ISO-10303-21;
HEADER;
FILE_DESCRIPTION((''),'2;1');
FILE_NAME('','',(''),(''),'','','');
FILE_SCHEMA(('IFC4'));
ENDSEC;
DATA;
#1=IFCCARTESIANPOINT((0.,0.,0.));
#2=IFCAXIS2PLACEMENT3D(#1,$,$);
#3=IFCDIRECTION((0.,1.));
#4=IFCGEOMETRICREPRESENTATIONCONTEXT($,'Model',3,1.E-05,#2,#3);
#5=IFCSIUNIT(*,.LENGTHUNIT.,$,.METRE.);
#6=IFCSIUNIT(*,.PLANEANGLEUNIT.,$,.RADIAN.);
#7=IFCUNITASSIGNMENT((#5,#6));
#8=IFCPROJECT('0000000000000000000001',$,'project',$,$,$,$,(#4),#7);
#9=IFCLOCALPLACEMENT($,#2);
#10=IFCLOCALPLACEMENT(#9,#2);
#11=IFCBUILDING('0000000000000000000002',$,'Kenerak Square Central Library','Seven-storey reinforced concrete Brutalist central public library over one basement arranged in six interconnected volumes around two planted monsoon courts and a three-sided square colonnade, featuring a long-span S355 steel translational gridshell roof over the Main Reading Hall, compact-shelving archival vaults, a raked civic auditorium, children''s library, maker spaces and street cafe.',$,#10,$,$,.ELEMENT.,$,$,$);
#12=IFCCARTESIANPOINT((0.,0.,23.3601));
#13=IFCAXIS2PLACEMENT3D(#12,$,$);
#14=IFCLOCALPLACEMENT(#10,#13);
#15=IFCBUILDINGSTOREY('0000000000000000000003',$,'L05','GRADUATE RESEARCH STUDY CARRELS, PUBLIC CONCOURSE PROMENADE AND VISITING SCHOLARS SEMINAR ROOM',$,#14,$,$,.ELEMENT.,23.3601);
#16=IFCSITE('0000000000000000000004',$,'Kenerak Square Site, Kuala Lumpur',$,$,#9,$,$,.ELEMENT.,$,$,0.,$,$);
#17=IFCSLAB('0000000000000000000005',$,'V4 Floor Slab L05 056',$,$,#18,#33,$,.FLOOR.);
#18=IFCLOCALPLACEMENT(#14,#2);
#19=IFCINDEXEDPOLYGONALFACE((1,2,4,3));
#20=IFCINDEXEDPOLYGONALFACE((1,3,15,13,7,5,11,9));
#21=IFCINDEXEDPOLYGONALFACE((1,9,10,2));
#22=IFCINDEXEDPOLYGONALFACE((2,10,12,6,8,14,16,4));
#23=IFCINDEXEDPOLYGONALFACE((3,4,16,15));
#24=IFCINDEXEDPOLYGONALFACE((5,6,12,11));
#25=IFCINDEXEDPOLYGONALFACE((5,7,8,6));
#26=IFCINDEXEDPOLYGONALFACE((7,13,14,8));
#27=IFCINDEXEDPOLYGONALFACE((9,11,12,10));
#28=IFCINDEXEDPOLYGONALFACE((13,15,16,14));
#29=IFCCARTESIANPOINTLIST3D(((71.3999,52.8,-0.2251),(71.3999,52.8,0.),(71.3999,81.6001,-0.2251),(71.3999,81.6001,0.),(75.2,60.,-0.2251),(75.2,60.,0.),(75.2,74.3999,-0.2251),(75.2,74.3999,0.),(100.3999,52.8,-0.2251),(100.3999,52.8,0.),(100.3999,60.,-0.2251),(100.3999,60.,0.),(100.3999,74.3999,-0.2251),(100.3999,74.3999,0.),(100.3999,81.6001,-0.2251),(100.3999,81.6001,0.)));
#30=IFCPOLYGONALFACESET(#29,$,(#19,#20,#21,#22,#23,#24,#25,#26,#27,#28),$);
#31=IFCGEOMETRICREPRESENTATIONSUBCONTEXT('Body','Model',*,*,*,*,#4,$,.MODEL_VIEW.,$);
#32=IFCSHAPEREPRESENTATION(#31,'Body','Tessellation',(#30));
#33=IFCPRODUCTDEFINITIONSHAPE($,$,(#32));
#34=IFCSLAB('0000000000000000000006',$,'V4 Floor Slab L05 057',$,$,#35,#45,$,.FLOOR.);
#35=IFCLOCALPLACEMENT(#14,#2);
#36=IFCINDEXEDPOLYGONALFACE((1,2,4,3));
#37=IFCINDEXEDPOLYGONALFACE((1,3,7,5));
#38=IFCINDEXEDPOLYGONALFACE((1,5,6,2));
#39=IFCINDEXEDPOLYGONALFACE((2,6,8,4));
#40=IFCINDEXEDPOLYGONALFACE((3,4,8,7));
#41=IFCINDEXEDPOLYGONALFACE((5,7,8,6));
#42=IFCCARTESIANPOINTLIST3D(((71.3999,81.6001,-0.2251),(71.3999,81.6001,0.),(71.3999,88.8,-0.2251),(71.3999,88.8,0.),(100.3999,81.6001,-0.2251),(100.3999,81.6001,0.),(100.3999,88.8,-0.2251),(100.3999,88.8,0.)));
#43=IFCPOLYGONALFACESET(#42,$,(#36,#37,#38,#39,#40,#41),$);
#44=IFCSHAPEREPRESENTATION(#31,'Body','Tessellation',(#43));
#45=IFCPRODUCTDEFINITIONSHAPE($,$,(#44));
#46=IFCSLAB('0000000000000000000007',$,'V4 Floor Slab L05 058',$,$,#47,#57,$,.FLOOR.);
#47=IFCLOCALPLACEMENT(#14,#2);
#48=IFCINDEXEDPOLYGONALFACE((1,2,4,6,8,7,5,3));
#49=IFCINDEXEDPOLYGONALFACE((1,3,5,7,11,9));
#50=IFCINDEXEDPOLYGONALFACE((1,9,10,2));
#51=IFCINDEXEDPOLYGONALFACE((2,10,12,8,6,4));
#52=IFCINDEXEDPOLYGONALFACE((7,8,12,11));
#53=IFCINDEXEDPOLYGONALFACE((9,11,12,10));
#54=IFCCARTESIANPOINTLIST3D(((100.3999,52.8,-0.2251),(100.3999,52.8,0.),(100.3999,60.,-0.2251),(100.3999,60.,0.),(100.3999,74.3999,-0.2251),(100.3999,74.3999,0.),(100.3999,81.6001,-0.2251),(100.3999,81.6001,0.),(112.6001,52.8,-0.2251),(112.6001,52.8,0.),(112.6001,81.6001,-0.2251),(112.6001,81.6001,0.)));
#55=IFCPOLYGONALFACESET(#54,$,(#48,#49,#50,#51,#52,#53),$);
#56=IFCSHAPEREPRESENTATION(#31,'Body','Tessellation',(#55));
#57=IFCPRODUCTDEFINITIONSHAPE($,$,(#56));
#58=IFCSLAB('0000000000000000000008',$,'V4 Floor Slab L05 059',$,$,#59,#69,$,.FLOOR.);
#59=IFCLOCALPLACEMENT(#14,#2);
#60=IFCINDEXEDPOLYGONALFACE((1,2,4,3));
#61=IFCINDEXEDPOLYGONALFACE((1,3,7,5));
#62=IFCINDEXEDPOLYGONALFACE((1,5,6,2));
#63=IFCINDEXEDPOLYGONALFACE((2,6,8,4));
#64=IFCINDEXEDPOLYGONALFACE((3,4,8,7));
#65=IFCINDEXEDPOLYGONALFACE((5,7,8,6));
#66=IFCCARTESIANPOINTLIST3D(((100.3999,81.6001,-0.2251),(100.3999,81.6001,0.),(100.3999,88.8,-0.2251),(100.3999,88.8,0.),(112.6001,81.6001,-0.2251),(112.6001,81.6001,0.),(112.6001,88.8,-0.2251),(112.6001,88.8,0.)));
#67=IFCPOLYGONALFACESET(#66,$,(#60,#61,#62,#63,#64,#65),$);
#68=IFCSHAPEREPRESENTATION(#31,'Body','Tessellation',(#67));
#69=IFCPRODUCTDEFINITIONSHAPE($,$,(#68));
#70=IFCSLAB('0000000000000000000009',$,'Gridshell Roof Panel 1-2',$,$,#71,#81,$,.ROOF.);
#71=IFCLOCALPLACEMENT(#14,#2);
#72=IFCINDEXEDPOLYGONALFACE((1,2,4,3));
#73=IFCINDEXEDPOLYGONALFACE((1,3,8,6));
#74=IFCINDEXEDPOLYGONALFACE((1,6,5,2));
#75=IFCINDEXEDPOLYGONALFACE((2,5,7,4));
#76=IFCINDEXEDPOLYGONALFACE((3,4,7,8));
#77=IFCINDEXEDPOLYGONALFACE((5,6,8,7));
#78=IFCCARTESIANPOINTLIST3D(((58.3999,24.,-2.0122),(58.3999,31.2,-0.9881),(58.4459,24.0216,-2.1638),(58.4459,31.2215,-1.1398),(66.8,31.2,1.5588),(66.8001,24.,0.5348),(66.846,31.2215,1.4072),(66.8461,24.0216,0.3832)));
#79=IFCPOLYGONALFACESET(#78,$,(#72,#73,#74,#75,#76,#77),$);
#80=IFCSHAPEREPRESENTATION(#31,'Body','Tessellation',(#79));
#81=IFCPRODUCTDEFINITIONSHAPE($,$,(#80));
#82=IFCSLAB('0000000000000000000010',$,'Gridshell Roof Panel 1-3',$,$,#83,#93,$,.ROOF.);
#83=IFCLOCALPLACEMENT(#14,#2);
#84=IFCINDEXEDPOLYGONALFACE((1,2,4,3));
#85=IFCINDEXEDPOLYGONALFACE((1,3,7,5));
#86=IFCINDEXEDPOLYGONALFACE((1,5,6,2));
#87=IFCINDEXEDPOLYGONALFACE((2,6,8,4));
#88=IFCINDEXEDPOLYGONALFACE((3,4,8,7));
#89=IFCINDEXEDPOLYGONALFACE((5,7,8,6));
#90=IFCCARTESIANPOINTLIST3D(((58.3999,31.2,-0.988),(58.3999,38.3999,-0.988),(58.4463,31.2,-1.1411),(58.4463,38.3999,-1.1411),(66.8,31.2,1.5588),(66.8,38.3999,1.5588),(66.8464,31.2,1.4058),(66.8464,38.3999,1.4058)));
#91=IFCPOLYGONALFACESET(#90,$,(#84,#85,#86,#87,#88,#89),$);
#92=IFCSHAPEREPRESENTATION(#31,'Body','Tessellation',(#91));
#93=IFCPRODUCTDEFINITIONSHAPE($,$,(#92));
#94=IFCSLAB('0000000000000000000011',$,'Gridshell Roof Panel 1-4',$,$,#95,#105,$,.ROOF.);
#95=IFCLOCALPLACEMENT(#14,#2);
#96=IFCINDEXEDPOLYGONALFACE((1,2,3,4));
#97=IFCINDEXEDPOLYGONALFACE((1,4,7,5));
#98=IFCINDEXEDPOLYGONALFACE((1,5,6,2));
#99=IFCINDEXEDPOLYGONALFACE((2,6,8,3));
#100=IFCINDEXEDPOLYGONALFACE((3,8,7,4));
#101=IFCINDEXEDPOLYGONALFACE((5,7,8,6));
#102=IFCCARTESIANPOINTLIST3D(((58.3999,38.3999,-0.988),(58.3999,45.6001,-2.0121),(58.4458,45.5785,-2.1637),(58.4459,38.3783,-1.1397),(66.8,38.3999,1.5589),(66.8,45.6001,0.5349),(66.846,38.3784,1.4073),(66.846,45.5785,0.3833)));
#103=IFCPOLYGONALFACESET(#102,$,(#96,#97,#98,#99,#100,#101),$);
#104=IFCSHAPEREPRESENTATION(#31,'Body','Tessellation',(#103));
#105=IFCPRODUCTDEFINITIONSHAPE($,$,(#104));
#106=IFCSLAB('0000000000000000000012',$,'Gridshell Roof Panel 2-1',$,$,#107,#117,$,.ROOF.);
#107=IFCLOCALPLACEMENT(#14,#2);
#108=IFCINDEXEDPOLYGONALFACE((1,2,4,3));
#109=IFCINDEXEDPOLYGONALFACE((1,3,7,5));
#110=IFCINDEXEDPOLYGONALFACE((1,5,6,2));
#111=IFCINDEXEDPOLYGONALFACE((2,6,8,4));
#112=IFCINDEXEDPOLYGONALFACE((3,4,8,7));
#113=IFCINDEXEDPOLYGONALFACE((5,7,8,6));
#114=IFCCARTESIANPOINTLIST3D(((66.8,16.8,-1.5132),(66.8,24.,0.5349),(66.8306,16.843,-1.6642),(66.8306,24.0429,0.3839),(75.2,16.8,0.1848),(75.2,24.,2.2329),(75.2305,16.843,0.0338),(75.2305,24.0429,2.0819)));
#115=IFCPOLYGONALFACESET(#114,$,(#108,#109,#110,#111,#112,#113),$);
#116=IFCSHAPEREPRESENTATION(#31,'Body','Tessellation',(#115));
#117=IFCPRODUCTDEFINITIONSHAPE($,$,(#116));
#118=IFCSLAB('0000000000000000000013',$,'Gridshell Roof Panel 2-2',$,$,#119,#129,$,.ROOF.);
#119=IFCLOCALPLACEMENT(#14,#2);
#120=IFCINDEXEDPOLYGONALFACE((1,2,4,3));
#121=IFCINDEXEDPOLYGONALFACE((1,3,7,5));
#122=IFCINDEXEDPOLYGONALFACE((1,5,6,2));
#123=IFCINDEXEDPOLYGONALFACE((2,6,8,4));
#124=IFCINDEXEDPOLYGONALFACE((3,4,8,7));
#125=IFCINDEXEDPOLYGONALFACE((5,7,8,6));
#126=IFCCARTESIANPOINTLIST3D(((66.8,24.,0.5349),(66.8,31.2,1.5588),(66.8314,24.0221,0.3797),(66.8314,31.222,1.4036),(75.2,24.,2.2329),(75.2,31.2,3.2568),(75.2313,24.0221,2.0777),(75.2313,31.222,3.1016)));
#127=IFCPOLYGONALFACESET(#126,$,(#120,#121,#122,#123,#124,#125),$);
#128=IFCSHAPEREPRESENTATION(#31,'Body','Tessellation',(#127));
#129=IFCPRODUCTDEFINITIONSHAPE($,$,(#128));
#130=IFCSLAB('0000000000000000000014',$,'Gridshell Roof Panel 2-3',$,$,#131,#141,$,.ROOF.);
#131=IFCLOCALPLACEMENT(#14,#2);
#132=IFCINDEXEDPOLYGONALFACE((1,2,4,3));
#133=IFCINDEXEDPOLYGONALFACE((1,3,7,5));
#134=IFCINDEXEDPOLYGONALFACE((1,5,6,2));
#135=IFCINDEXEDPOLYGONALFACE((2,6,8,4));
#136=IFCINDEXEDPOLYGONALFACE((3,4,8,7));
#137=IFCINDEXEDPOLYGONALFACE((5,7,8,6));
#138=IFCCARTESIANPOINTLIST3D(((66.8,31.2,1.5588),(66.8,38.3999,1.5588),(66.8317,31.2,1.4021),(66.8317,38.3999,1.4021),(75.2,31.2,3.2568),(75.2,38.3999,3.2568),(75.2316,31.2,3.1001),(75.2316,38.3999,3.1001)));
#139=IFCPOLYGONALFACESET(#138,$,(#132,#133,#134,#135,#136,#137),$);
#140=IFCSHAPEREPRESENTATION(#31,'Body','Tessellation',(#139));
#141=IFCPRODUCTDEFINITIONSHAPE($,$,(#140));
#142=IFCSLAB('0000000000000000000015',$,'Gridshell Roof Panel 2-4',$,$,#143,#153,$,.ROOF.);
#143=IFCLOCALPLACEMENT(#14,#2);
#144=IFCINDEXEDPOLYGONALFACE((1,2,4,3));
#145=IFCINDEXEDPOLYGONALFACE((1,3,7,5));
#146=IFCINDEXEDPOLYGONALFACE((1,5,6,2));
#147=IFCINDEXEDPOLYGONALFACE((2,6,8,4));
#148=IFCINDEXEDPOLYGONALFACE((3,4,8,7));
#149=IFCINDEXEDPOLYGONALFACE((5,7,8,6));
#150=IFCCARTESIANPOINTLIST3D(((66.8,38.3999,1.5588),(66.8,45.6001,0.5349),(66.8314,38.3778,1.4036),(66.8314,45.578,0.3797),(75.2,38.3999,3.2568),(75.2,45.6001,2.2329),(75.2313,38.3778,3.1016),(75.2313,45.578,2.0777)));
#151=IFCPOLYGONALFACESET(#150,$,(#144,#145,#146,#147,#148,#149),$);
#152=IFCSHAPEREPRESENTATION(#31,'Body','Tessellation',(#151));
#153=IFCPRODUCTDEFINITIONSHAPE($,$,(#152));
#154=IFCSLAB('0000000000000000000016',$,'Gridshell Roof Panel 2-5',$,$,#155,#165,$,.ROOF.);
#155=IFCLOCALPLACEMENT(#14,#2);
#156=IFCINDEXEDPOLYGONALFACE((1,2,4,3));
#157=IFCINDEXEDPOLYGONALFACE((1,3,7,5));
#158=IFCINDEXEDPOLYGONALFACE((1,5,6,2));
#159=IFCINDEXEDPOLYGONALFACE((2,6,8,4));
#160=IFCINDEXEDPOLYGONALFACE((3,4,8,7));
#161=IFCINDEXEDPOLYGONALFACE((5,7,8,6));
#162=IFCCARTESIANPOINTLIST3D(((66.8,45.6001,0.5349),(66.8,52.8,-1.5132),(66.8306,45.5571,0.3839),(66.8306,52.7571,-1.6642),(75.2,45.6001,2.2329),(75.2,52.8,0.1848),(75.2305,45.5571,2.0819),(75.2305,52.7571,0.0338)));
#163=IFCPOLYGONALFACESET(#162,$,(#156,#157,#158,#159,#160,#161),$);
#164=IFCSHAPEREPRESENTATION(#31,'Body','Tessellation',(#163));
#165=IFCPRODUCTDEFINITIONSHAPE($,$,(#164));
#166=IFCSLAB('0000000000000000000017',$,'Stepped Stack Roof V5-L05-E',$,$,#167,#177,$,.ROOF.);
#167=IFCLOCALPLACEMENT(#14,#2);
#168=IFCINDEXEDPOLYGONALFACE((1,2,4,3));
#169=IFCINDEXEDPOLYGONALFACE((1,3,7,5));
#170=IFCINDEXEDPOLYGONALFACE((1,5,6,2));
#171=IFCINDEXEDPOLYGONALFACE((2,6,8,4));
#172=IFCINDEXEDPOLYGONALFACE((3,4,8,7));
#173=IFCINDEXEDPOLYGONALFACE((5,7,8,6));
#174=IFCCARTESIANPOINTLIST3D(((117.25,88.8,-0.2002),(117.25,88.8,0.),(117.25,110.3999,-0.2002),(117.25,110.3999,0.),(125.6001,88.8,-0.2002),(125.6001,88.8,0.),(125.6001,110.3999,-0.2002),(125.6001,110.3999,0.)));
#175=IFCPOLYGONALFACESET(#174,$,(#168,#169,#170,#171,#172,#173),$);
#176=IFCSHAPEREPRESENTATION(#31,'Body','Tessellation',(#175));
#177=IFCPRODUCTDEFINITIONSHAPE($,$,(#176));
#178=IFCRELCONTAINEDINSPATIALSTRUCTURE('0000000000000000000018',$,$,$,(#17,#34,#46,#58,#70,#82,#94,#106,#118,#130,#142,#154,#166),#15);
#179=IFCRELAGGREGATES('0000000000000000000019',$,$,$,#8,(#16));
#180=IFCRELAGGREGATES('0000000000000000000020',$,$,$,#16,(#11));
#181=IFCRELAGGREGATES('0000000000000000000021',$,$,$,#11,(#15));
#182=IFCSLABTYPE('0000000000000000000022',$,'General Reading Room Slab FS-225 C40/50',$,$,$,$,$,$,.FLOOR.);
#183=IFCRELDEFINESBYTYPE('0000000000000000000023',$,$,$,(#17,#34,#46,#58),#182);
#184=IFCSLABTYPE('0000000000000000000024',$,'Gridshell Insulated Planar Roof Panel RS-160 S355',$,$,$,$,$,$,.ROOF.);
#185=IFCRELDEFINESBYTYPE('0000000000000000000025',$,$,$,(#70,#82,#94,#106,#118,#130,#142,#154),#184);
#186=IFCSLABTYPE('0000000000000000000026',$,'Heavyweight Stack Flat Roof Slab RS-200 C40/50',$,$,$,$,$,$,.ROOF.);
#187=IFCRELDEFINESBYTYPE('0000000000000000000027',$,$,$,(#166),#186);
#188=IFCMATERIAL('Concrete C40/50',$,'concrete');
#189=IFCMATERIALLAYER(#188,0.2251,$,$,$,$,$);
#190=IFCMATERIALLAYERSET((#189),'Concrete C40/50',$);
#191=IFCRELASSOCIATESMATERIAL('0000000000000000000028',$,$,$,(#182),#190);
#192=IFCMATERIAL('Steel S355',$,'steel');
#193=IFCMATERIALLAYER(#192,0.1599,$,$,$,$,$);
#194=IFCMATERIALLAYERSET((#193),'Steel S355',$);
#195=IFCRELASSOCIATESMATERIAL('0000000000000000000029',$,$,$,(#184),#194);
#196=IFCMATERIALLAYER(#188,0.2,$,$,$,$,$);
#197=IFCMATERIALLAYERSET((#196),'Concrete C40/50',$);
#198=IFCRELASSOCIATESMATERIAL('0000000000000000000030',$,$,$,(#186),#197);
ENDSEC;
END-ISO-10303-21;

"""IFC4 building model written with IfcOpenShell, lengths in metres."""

from ifc_helpers import new_model, si_unit, direction, frame, origin, place, context, subcontext, project, spatial, polyline, outline, extrude, material, layer, layer_set, type_object, element, save


model = new_model("IFC4")

# Units and contexts
model_context = context("Model", 3, precision=1e-05, world=origin(), true_north=direction((0.0, 1.0)))
body_context = subcontext(model_context, "Body", "Model", "MODEL_VIEW")
ifc_project = project(units=[si_unit("LENGTHUNIT", "METRE"), si_unit("PLANEANGLEUNIT", "RADIAN")], contexts=[model_context])

# Site, building, storey
site_placement = place(None, origin())
site = spatial("IfcSite", under=ifc_project, at=site_placement, Name="Kenerak Square Site, Kuala Lumpur", CompositionType="ELEMENT", RefElevation=0.0)
building_placement = place(site_placement, origin())
building = spatial("IfcBuilding", under=site, at=building_placement, Name="Kenerak Square Central Library", Description="Seven-storey reinforced concrete Brutalist central public library over one basement arranged in six interconnected volumes around two planted monsoon courts and a three-sided square colonnade, featuring a long-span S355 steel translational gridshell roof over the Main Reading Hall, compact-shelving archival vaults, a raked civic auditorium, children's library, maker spaces and street cafe.", CompositionType="ELEMENT")
storey_placement = place(building_placement, frame((0.0, 0.0, 23.3601)))
storey = spatial("IfcBuildingStorey", under=building, at=storey_placement, Name="L05", Description="GRADUATE RESEARCH STUDY CARRELS, PUBLIC CONCOURSE PROMENADE AND VISITING SCHOLARS SEMINAR ROOM", CompositionType="ELEMENT", Elevation=23.3601)

# Slabs
ifc_material_1 = material(Name="Concrete C40/50", Category="concrete")
ifc_layer_1 = layer(ifc_material_1, 0.2251)
ifc_layer_set_1 = layer_set([ifc_layer_1], Name="Concrete C40/50")
slab_type_1 = type_object("IfcSlabType", Name="General Reading Room Slab FS-225 C40/50", PredefinedType="FLOOR", material=ifc_layer_set_1)
slab_1_placement = place(storey_placement, frame((0.0, 0.0, -0.2251)))
element("IfcSlab", 1, at=slab_1_placement, inside=storey, type_object=slab_type_1, Name="V4 Floor Slab L05 056", PredefinedType="FLOOR", context=body_context, shape_type="SweptSolid", body=[
    extrude(outline(polyline([(100.3999, 52.8), (71.3999, 52.8), (71.3999, 81.6001), (100.3999, 81.6001), (100.3999, 74.3999), (75.2, 74.3999), (75.2, 60.0), (100.3999, 60.0), (100.3999, 52.8)])), origin(), (0.0, 0.0, 1.0), 0.2251),
])
slab_2_placement = place(storey_placement, frame((0.0, 0.0, -0.2251)))
element("IfcSlab", 2, at=slab_2_placement, inside=storey, type_object=slab_type_1, Name="V4 Floor Slab L05 057", PredefinedType="FLOOR", context=body_context, shape_type="SweptSolid", body=[
    extrude(outline(polyline([(71.3999, 81.6001), (71.3999, 88.8), (100.3999, 88.8), (100.3999, 81.6001), (71.3999, 81.6001)])), origin(), (0.0, 0.0, 1.0), 0.2251),
])
slab_3_placement = place(storey_placement, frame((0.0, 0.0, -0.2251)))
element("IfcSlab", 3, at=slab_3_placement, inside=storey, type_object=slab_type_1, Name="V4 Floor Slab L05 058", PredefinedType="FLOOR", context=body_context, shape_type="SweptSolid", body=[
    extrude(outline(polyline([(100.3999, 81.6001), (112.6001, 81.6001), (112.6001, 52.8), (100.3999, 52.8), (100.3999, 60.0), (100.3999, 74.3999), (100.3999, 81.6001)])), origin(), (0.0, 0.0, 1.0), 0.2251),
])
slab_4_placement = place(storey_placement, frame((0.0, 0.0, -0.2251)))
element("IfcSlab", 4, at=slab_4_placement, inside=storey, type_object=slab_type_1, Name="V4 Floor Slab L05 059", PredefinedType="FLOOR", context=body_context, shape_type="SweptSolid", body=[
    extrude(outline(polyline([(100.3999, 81.6001), (100.3999, 88.8), (112.6001, 88.8), (112.6001, 81.6001), (100.3999, 81.6001)])), origin(), (0.0, 0.0, 1.0), 0.2251),
])
ifc_material_2 = material(Name="Steel S355", Category="steel")
ifc_layer_2 = layer(ifc_material_2, 0.1599)
ifc_layer_set_2 = layer_set([ifc_layer_2], Name="Steel S355")
slab_type_2 = type_object("IfcSlabType", Name="Gridshell Insulated Planar Roof Panel RS-160 S355", PredefinedType="ROOF", material=ifc_layer_set_2)
slab_5_placement = place(storey_placement, frame((58.3999, 24.0, -2.0122), z_axis=(-0.287513, -0.134867, 0.948234), x_axis=(0.956977, 0.000002, 0.290164)))
element("IfcSlab", 5, at=slab_5_placement, inside=storey, type_object=slab_type_2, Name="Gridshell Roof Panel 1-2", PredefinedType="ROOF", context=body_context, shape_type="SweptSolid", body=[
    extrude(outline(polyline([(0.0, 0.0), (8.7778, 0.0), (9.0749, 7.2663), (0.2972, 7.2664), (0.0, 0.0)])), origin(), (0.0, 0.0, -1.0), 0.1599),
])
slab_6_placement = place(storey_placement, frame((58.3999, 31.2, -0.988), z_axis=(-0.290151, 0.0, 0.956981), x_axis=(0.956981, 0.0, 0.290151)))
element("IfcSlab", 6, at=slab_6_placement, inside=storey, type_object=slab_type_2, Name="Gridshell Roof Panel 1-3", PredefinedType="ROOF", context=body_context, shape_type="SweptSolid", body=[
    extrude(outline(polyline([(0.0, 0.0), (8.7778, 0.0), (8.7778, 7.2), (0.0, 7.2), (0.0, 0.0)])), origin(), (0.0, 0.0, -1.0), 0.1599),
])
slab_7_placement = place(storey_placement, frame((58.3999, 38.3999, -0.988), z_axis=(-0.287513, 0.134863, 0.948234), x_axis=(0.956977, 0.000002, 0.290163)))
element("IfcSlab", 7, at=slab_7_placement, inside=storey, type_object=slab_type_2, Name="Gridshell Roof Panel 1-4", PredefinedType="ROOF", context=body_context, shape_type="SweptSolid", body=[
    extrude(outline(polyline([(0.0, 0.0), (8.7778, 0.0), (8.4807, 7.2666), (-0.2972, 7.2666), (0.0, 0.0)])), origin(), (0.0, 0.0, -1.0), 0.1599),
])
slab_8_placement = place(storey_placement, frame((66.8, 16.8, -1.5132), z_axis=(-0.190857, -0.268576, 0.944161), x_axis=(0.980174, 0.0, 0.198137)))
element("IfcSlab", 8, at=slab_8_placement, inside=storey, type_object=slab_type_2, Name="Gridshell Roof Panel 2-1", PredefinedType="ROOF", context=body_context, shape_type="SweptSolid", body=[
    extrude(outline(polyline([(0.0, 0.0), (8.5698, 0.0), (8.9756, 7.4746), (0.4058, 7.4746), (0.0, 0.0)])), origin(), (0.0, 0.0, -1.0), 0.1599),
])
slab_9_placement = place(storey_placement, frame((66.8, 24.0, 0.5349), z_axis=(-0.19624, -0.138059, 0.970788), x_axis=(0.980174, 0.0, 0.198137)))
element("IfcSlab", 9, at=slab_9_placement, inside=storey, type_object=slab_type_2, Name="Gridshell Roof Panel 2-2", PredefinedType="ROOF", context=body_context, shape_type="SweptSolid", body=[
    extrude(outline(polyline([(0.0, 0.0), (8.5698, 0.0), (8.7727, 7.2696), (0.2029, 7.2696), (0.0, 0.0)])), origin(), (0.0, 0.0, -1.0), 0.1599),
])
slab_10_placement = place(storey_placement, frame((66.8, 31.2, 1.5588), z_axis=(-0.198137, 0.0, 0.980174), x_axis=(0.980174, 0.0, 0.198137)))
element("IfcSlab", 10, at=slab_10_placement, inside=storey, type_object=slab_type_2, Name="Gridshell Roof Panel 2-3", PredefinedType="ROOF", context=body_context, shape_type="SweptSolid", body=[
    extrude(outline(polyline([(0.0, 0.0), (8.5698, 0.0), (8.5698, 7.2), (0.0, 7.2), (0.0, 0.0)])), origin(), (0.0, 0.0, -1.0), 0.1599),
])
slab_11_placement = place(storey_placement, frame((66.8, 38.3999, 1.5588), z_axis=(-0.19624, 0.138054, 0.970789), x_axis=(0.980174, 0.0, 0.198137)))
element("IfcSlab", 11, at=slab_11_placement, inside=storey, type_object=slab_type_2, Name="Gridshell Roof Panel 2-4", PredefinedType="ROOF", context=body_context, shape_type="SweptSolid", body=[
    extrude(outline(polyline([(0.0, 0.0), (8.5698, 0.0), (8.3669, 7.2698), (-0.2029, 7.2698), (0.0, 0.0)])), origin(), (0.0, 0.0, -1.0), 0.1599),
])
slab_12_placement = place(storey_placement, frame((66.8, 45.6001, 0.5349), z_axis=(-0.190857, 0.268576, 0.944161), x_axis=(0.980174, 0.0, 0.198137)))
element("IfcSlab", 12, at=slab_12_placement, inside=storey, type_object=slab_type_2, Name="Gridshell Roof Panel 2-5", PredefinedType="ROOF", context=body_context, shape_type="SweptSolid", body=[
    extrude(outline(polyline([(0.0, 0.0), (8.5698, 0.0), (8.164, 7.4746), (-0.4058, 7.4746), (0.0, 0.0)])), origin(), (0.0, 0.0, -1.0), 0.1599),
])
ifc_layer_3 = layer(ifc_material_1, 0.2)
ifc_layer_set_3 = layer_set([ifc_layer_3], Name="Concrete C40/50")
slab_type_3 = type_object("IfcSlabType", Name="Heavyweight Stack Flat Roof Slab RS-200 C40/50", PredefinedType="ROOF", material=ifc_layer_set_3)
slab_13_placement = place(storey_placement, frame((0.0, 0.0, -0.2002)))
element("IfcSlab", 13, at=slab_13_placement, inside=storey, type_object=slab_type_3, Name="Stepped Stack Roof V5-L05-E", PredefinedType="ROOF", context=body_context, shape_type="SweptSolid", body=[
    extrude(outline(polyline([(117.25, 88.8), (125.6001, 88.8), (125.6001, 110.3999), (117.25, 110.3999), (117.25, 88.8)])), origin(), (0.0, 0.0, 1.0), 0.2002),
])

save(model, "model.ifc")
